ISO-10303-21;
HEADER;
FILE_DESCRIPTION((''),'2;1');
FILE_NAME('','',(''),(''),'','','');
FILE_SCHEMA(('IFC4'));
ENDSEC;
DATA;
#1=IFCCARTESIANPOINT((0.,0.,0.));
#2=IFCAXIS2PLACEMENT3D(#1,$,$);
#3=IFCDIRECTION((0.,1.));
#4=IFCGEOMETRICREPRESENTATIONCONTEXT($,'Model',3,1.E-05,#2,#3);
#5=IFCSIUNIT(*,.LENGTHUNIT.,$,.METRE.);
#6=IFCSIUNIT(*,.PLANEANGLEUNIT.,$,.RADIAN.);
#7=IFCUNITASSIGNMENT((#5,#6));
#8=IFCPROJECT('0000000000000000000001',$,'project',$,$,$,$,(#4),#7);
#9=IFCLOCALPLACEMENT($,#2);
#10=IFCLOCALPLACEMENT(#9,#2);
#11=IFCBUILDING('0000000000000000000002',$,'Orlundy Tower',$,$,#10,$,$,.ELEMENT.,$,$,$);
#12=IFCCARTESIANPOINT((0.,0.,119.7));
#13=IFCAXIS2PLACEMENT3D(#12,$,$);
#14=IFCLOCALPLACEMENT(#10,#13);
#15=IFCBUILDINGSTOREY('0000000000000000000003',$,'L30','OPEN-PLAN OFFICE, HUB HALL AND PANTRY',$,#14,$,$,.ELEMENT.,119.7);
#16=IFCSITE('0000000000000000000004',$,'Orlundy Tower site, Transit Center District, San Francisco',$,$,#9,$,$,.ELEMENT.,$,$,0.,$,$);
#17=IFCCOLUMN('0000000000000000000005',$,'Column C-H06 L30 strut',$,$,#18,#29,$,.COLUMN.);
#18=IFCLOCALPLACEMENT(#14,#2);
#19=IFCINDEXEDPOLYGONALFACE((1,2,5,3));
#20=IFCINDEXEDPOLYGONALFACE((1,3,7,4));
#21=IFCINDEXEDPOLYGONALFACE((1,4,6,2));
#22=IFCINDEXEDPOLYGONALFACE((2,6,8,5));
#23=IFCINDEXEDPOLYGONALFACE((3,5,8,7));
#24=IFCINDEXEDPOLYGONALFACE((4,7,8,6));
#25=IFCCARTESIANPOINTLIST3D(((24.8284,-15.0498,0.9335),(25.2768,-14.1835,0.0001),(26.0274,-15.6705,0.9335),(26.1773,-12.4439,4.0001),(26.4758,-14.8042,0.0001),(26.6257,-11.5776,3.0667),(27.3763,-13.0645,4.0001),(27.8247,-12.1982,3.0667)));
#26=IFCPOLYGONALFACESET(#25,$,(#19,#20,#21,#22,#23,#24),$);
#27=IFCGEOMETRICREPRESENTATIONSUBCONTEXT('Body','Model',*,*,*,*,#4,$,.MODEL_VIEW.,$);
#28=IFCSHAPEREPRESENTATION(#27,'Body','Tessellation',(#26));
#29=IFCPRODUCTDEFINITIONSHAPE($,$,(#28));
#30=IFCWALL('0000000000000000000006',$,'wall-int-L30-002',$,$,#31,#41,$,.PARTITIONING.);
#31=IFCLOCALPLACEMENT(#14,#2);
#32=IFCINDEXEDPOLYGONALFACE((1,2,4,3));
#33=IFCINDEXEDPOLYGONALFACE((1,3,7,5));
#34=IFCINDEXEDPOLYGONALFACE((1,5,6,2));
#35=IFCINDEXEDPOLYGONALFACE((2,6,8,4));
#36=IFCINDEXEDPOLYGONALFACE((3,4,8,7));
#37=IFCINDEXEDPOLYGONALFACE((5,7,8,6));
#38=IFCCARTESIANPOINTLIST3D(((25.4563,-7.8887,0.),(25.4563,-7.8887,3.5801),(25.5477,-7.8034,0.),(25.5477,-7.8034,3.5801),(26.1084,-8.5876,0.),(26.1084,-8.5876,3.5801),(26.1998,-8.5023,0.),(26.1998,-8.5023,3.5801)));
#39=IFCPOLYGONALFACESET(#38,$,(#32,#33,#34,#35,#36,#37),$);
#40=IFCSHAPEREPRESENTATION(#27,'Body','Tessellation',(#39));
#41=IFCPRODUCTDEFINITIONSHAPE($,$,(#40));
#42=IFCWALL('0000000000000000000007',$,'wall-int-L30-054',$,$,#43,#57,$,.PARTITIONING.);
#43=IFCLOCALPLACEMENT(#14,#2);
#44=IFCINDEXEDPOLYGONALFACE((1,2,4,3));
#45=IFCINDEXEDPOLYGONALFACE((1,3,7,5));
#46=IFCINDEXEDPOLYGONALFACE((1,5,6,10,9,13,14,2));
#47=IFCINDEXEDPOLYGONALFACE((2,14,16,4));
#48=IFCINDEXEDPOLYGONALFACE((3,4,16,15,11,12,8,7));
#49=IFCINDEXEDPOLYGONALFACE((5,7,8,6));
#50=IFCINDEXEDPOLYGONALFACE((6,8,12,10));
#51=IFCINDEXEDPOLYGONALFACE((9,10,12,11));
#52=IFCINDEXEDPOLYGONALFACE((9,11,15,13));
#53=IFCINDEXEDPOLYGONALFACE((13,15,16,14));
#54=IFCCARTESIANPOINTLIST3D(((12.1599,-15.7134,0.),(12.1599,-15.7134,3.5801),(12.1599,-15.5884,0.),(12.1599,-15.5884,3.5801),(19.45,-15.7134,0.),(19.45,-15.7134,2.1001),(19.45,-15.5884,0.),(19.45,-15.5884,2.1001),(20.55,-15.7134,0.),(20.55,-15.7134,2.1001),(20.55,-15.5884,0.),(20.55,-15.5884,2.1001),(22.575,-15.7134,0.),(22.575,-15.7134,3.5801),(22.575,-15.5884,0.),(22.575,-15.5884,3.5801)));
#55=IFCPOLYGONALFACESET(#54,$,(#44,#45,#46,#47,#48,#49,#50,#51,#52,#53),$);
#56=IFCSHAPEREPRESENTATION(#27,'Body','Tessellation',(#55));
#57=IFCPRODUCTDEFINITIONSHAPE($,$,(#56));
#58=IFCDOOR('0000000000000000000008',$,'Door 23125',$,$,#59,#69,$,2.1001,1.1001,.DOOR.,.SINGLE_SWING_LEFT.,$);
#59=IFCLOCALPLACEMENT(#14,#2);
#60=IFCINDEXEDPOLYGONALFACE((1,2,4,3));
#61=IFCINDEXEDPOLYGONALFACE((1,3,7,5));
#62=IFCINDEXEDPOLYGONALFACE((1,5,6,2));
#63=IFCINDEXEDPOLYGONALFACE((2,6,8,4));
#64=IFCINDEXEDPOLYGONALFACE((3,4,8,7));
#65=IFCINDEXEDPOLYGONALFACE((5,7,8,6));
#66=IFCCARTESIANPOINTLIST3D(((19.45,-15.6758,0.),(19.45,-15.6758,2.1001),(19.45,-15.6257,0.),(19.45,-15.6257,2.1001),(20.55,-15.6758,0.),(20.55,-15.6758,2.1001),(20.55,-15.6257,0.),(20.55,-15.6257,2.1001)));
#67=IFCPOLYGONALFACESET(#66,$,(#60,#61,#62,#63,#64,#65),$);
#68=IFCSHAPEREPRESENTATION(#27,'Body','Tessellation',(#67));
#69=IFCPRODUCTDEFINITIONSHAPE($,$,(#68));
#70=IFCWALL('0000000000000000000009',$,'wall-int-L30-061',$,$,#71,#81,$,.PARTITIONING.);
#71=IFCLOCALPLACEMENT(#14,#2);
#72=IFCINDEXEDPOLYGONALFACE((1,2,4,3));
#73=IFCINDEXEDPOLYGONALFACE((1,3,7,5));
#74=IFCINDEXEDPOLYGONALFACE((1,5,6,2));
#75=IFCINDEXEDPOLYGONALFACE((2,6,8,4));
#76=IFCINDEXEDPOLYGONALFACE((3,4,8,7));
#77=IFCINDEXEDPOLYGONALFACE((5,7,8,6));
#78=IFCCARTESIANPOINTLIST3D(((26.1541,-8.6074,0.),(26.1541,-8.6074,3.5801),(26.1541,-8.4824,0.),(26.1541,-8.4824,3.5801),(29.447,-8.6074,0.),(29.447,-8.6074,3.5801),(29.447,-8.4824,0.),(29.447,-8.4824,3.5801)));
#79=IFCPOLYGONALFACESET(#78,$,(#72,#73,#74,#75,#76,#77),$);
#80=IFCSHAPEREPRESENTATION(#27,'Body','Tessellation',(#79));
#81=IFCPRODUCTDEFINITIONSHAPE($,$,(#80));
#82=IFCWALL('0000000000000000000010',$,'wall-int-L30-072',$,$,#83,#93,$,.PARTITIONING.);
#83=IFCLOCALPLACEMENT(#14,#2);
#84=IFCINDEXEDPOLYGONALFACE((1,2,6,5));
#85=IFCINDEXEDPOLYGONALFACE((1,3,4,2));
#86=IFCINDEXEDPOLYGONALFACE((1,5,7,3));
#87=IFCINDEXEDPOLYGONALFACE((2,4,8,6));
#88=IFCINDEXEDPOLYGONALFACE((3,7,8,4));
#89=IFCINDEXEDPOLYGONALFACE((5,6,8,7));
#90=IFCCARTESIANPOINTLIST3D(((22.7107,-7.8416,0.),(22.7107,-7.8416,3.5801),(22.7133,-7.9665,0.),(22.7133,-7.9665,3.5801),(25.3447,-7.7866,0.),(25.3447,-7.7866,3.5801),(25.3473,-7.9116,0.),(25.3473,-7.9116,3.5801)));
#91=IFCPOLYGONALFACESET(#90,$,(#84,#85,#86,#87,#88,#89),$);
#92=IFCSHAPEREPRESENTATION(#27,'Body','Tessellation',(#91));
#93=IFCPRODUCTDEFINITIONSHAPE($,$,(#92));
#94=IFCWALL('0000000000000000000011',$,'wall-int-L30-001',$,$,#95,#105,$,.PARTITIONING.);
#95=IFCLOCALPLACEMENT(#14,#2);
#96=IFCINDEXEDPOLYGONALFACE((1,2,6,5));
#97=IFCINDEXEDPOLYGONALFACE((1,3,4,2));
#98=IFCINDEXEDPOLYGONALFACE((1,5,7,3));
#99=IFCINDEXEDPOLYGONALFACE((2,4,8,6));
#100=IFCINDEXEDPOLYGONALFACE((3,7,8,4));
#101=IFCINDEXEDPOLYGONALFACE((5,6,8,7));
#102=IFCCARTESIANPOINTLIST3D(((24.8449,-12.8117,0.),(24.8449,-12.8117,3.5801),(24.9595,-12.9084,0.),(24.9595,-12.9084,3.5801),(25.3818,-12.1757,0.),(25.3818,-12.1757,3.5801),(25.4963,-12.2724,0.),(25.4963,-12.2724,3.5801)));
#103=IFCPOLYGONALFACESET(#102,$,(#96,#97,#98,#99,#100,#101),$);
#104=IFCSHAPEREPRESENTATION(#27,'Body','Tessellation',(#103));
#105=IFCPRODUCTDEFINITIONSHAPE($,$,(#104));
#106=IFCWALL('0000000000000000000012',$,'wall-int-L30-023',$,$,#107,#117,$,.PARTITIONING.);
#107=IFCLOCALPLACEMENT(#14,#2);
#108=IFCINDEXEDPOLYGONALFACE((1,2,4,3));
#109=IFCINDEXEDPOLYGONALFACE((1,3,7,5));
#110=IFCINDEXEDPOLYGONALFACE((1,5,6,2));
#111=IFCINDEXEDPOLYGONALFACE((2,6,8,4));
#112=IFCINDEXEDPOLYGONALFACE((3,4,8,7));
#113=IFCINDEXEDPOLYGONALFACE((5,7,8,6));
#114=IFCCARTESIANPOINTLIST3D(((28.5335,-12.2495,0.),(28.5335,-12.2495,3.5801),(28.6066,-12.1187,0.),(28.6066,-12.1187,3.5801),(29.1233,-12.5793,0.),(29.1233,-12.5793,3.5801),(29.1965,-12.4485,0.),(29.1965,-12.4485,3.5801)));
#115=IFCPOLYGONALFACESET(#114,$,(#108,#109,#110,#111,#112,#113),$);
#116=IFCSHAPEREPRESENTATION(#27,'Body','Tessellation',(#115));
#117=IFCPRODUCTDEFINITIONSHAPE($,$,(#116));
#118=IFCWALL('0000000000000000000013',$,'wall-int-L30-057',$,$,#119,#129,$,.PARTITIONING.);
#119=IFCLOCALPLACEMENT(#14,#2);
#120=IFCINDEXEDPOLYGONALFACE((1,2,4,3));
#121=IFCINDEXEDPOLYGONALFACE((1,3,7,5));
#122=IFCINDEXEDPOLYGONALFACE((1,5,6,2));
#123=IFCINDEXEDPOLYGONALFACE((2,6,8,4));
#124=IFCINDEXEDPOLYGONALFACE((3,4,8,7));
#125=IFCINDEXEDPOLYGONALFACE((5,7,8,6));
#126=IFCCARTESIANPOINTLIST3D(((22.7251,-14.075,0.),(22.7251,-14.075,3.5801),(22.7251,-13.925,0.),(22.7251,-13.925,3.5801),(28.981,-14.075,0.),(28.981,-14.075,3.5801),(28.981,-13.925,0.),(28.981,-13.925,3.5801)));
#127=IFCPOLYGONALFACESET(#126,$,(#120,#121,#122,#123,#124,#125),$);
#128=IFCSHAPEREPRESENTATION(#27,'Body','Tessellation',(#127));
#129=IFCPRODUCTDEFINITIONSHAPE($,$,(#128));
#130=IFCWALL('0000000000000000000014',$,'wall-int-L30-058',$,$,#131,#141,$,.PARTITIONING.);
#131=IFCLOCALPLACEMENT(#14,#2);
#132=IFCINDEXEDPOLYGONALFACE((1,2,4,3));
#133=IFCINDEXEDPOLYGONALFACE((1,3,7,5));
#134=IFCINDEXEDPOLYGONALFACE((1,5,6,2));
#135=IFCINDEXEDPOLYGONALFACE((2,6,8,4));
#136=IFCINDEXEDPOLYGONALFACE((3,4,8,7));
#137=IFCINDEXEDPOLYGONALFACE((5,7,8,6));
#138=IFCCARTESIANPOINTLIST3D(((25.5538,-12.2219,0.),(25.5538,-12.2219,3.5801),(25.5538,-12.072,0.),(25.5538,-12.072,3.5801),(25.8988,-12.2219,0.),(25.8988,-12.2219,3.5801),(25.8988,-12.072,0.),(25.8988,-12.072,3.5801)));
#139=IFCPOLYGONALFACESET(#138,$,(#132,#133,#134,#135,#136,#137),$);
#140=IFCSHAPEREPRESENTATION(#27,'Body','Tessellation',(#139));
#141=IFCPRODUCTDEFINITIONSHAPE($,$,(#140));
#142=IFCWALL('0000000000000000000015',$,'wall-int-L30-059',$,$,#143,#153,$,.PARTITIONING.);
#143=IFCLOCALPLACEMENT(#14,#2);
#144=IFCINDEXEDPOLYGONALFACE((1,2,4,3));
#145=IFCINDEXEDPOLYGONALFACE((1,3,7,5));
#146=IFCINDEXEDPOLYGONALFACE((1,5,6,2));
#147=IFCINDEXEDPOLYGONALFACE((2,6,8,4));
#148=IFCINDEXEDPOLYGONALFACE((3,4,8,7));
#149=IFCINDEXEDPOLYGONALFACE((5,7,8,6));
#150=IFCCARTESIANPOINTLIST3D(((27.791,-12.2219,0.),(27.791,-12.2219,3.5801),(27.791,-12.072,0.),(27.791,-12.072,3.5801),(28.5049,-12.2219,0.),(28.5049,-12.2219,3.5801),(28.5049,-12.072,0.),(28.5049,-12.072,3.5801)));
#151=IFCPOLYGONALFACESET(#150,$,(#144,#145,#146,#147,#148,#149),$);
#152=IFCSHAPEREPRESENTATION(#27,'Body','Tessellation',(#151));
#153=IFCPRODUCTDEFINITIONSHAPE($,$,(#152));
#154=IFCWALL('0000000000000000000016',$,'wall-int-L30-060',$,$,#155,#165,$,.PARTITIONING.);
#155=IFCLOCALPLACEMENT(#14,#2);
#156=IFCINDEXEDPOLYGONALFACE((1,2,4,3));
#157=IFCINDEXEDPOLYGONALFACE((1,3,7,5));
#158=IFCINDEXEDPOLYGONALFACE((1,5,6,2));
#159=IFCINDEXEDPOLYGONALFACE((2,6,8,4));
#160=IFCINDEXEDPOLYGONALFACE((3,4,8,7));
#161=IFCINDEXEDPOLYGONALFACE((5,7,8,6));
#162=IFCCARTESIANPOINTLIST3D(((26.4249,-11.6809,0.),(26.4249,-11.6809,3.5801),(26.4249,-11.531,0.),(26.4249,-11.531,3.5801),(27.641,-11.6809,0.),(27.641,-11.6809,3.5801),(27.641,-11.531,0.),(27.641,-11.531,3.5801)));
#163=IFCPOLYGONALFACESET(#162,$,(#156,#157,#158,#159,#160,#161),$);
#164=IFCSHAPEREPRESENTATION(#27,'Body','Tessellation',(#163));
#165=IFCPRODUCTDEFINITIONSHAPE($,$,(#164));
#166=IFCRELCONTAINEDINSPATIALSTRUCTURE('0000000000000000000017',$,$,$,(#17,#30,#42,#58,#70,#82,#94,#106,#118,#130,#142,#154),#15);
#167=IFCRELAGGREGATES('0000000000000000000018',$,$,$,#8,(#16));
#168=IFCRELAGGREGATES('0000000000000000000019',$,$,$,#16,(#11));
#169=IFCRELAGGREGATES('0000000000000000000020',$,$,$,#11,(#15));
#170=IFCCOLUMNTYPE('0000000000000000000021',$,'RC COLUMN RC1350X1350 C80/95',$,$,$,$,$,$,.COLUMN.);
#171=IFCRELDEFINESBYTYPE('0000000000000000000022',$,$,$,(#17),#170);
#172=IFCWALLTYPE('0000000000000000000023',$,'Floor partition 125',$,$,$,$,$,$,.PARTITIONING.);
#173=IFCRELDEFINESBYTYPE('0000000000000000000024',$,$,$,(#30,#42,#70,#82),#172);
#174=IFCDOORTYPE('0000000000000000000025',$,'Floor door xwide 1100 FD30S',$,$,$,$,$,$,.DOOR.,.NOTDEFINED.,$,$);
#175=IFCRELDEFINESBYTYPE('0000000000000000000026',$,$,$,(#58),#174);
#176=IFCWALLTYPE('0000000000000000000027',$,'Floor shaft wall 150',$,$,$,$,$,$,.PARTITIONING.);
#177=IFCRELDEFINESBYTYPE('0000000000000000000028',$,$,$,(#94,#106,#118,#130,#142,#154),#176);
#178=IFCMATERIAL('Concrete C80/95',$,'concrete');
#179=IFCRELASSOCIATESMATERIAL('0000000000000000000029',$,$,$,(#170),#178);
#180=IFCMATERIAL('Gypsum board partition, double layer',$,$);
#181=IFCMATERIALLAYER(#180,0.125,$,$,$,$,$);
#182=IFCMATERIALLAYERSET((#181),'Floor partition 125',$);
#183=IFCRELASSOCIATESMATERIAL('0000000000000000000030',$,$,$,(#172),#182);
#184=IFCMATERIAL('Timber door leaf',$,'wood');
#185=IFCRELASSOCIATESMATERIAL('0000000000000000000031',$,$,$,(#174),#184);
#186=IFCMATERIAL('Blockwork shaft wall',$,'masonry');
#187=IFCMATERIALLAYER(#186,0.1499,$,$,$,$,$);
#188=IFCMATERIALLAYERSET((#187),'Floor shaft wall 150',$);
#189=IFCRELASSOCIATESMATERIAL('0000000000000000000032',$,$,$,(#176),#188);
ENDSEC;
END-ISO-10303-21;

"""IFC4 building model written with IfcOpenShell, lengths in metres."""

from ifc_helpers import new_model, si_unit, direction, frame, frame_2d, origin, origin_2d, place, context, subcontext, project, spatial, rectangle, extrude, material, layer, layer_set, material_profile, profile_set, type_object, element, fill, save


model = new_model("IFC4")

# Units and contexts
model_context = context("Model", 3, precision=1e-05, world=origin(), true_north=direction((0.0, 1.0)))
body_context = subcontext(model_context, "Body", "Model", "MODEL_VIEW")
ifc_project = project(units=[si_unit("LENGTHUNIT", "METRE"), si_unit("PLANEANGLEUNIT", "RADIAN")], contexts=[model_context])

# Site, building, storey
site_placement = place(None, origin())
site = spatial("IfcSite", under=ifc_project, at=site_placement, Name="Orlundy Tower site, Transit Center District, San Francisco", CompositionType="ELEMENT", RefElevation=0.0)
building_placement = place(site_placement, origin())
building = spatial("IfcBuilding", under=site, at=building_placement, Name="Orlundy Tower", CompositionType="ELEMENT")
storey_placement = place(building_placement, frame((0.0, 0.0, 119.7)))
storey = spatial("IfcBuildingStorey", under=building, at=storey_placement, Name="L30", Description="OPEN-PLAN OFFICE, HUB HALL AND PANTRY", CompositionType="ELEMENT", Elevation=119.7)

# Column
ifc_material_1 = material(Name="Concrete C80/95", Category="concrete")
ifc_material_profile = material_profile(ifc_material_1, rectangle(XDim=1.3501, YDim=1.3501, at=origin_2d()), Name="RC1350X1350")
ifc_profile_set = profile_set([ifc_material_profile], Name="Concrete C80/95")
column_type = type_object("IfcColumnType", Name="RC COLUMN RC1350X1350 C80/95", PredefinedType="COLUMN", material=ifc_profile_set)
column_placement = place(storey_placement, frame((25.6521, -14.927, 0.4668), z_axis=(0.317802, 0.613977, 0.722519), x_axis=(-0.888083, 0.459683, 0.0)))
element("IfcColumn", 1, at=column_placement, inside=storey, type_object=column_type, Name="Column C-H06 L30 strut", PredefinedType="COLUMN", context=body_context, shape_type="SweptSolid", body=[
    extrude(rectangle(XDim=1.3501, YDim=1.3501, at=origin_2d()), origin(), (0.0, 0.0, 1.0), 4.2444),
])

# Wall
ifc_material_2 = material(Name="Gypsum board partition, double layer")
ifc_layer_1 = layer(ifc_material_2, 0.125)
ifc_layer_set_1 = layer_set([ifc_layer_1], Name="Floor partition 125")
wall_type_1 = type_object("IfcWallType", Name="Floor partition 125", PredefinedType="PARTITIONING", material=ifc_layer_set_1)
wall_1_placement = place(storey_placement, frame((25.502, -7.8459, 0.0), z_axis=(0.0, 0.0, 1.0), x_axis=(0.682164, -0.7312, 0.0)))
element("IfcWall", 2, at=wall_1_placement, inside=storey, type_object=wall_type_1, Name="wall-int-L30-002", PredefinedType="PARTITIONING", context=body_context, shape_type="SweptSolid", body=[
    extrude(rectangle(XDim=0.9558, YDim=0.125, at=frame_2d((0.478, 0.0))), origin(), (0.0, 0.0, 1.0), 3.5801),
])

# Wall, opening, door
wall_2_placement = place(storey_placement, frame((22.575, -15.6509, 0.0), z_axis=(0.0, 0.0, 1.0), x_axis=(-1.0, 0.0, 0.0)))
wall_2 = element("IfcWall", 3, at=wall_2_placement, inside=storey, type_object=wall_type_1, Name="wall-int-L30-054", PredefinedType="PARTITIONING", context=body_context, shape_type="SweptSolid", body=[
    extrude(rectangle(XDim=10.415, YDim=0.125, at=frame_2d((5.2075, 0.0))), origin(), (0.0, 0.0, 1.0), 3.5801),
])
opening_1_placement = place(wall_2_placement, frame((2.0249, 0.0, 0.0)))
opening_1 = element("IfcOpeningElement", 4, at=opening_1_placement, cuts=wall_2, PredefinedType="OPENING", context=body_context, shape_type="SweptSolid", body=[
    extrude(rectangle(XDim=1.1001, YDim=2.1001, at=frame_2d((0.55, 1.05))), frame((0.0, 0.0725, 0.0), z_axis=(0.0, -1.0, 0.0), x_axis=(1.0, 0.0, 0.0)), (0.0, 0.0, 1.0), 0.145),
])
ifc_material_3 = material(Name="Timber door leaf", Category="wood")
door_type_1 = type_object("IfcDoorType", Name="Floor door xwide 1100 FD30S", OperationType="NOTDEFINED", PredefinedType="DOOR", material=ifc_material_3)
door_1_placement = place(opening_1_placement, origin())
door_1 = element("IfcDoor", 5, at=door_1_placement, inside=storey, type_object=door_type_1, Name="Door 23125", OperationType="SINGLE_SWING_LEFT", OverallHeight=2.1001, OverallWidth=1.1001, PredefinedType="DOOR", context=body_context, shape_type="SweptSolid", body=[
    extrude(rectangle(XDim=1.1001, YDim=2.1001, at=frame_2d((0.55, 1.05))), frame((0.0, 0.0249, 0.0), z_axis=(0.0, -1.0, 0.0), x_axis=(1.0, 0.0, 0.0)), (0.0, 0.0, 1.0), 0.05),
])
fill(opening_1, door_1)

# Walls
wall_3_placement = place(storey_placement, frame((26.1541, -8.5449, 0.0), z_axis=(0.0, 0.0, 1.0), x_axis=(1.0, 0.0, 0.0)))
element("IfcWall", 6, at=wall_3_placement, inside=storey, type_object=wall_type_1, Name="wall-int-L30-061", PredefinedType="PARTITIONING", context=body_context, shape_type="SweptSolid", body=[
    extrude(rectangle(XDim=3.293, YDim=0.125, at=frame_2d((1.6465, 0.0))), origin(), (0.0, 0.0, 1.0), 3.5801),
])
wall_4_placement = place(storey_placement, frame((22.7119, -7.9041, 0.0), z_axis=(0.0, 0.0, 1.0), x_axis=(0.999783, 0.02085, 0.0)))
element("IfcWall", 7, at=wall_4_placement, inside=storey, type_object=wall_type_1, Name="wall-int-L30-072", PredefinedType="PARTITIONING", context=body_context, shape_type="SweptSolid", body=[
    extrude(rectangle(XDim=2.6345, YDim=0.125, at=frame_2d((1.3174, 0.0))), origin(), (0.0, 0.0, 1.0), 3.5801),
])
ifc_material_4 = material(Name="Blockwork shaft wall", Category="masonry")
ifc_layer_2 = layer(ifc_material_4, 0.1499)
ifc_layer_set_2 = layer_set([ifc_layer_2], Name="Floor shaft wall 150")
wall_type_2 = type_object("IfcWallType", Name="Floor shaft wall 150", PredefinedType="PARTITIONING", material=ifc_layer_set_2)
wall_5_placement = place(storey_placement, frame((25.439, -12.2241, 0.0), z_axis=(0.0, 0.0, 1.0), x_axis=(-0.645048, -0.764142, 0.0)))
element("IfcWall", 8, at=wall_5_placement, inside=storey, type_object=wall_type_2, Name="wall-int-L30-001", PredefinedType="PARTITIONING", context=body_context, shape_type="SweptSolid", body=[
    extrude(rectangle(XDim=0.8323, YDim=0.1499, at=frame_2d((0.416, 0.0))), origin(), (0.0, 0.0, 1.0), 3.5801),
])
wall_6_placement = place(storey_placement, frame((28.5701, -12.1841, 0.0), z_axis=(0.0, 0.0, 1.0), x_axis=(0.872808, -0.488064, 0.0)))
element("IfcWall", 9, at=wall_6_placement, inside=storey, type_object=wall_type_2, Name="wall-int-L30-023", PredefinedType="PARTITIONING", context=body_context, shape_type="SweptSolid", body=[
    extrude(rectangle(XDim=0.6758, YDim=0.1499, at=frame_2d((0.3379, 0.0))), origin(), (0.0, 0.0, 1.0), 3.5801),
])
wall_7_placement = place(storey_placement, frame((22.7251, -14.0, 0.0), z_axis=(0.0, 0.0, 1.0), x_axis=(1.0, 0.0, 0.0)))
element("IfcWall", 10, at=wall_7_placement, inside=storey, type_object=wall_type_2, Name="wall-int-L30-057", PredefinedType="PARTITIONING", context=body_context, shape_type="SweptSolid", body=[
    extrude(rectangle(XDim=6.2559, YDim=0.1499, at=frame_2d((3.1279, 0.0))), origin(), (0.0, 0.0, 1.0), 3.5801),
])
wall_8_placement = place(storey_placement, frame((25.554, -12.147, 0.0), z_axis=(0.0, 0.0, 1.0), x_axis=(1.0, 0.0, 0.0)))
element("IfcWall", 11, at=wall_8_placement, inside=storey, type_object=wall_type_2, Name="wall-int-L30-058", PredefinedType="PARTITIONING", context=body_context, shape_type="SweptSolid", body=[
    extrude(rectangle(XDim=0.345, YDim=0.1499, at=frame_2d((0.1724, 0.0))), origin(), (0.0, 0.0, 1.0), 3.5801),
])
wall_9_placement = place(storey_placement, frame((27.791, -12.147, 0.0), z_axis=(0.0, 0.0, 1.0), x_axis=(1.0, 0.0, 0.0)))
element("IfcWall", 12, at=wall_9_placement, inside=storey, type_object=wall_type_2, Name="wall-int-L30-059", PredefinedType="PARTITIONING", context=body_context, shape_type="SweptSolid", body=[
    extrude(rectangle(XDim=0.7139, YDim=0.1499, at=frame_2d((0.3569, 0.0))), origin(), (0.0, 0.0, 1.0), 3.5801),
])
wall_10_placement = place(storey_placement, frame((26.425, -11.606, 0.0), z_axis=(0.0, 0.0, 1.0), x_axis=(1.0, 0.0, 0.0)))
element("IfcWall", 13, at=wall_10_placement, inside=storey, type_object=wall_type_2, Name="wall-int-L30-060", PredefinedType="PARTITIONING", context=body_context, shape_type="SweptSolid", body=[
    extrude(rectangle(XDim=1.2161, YDim=0.1499, at=frame_2d((0.6079, 0.0))), origin(), (0.0, 0.0, 1.0), 3.5801),
])

save(model, "model.ifc")
